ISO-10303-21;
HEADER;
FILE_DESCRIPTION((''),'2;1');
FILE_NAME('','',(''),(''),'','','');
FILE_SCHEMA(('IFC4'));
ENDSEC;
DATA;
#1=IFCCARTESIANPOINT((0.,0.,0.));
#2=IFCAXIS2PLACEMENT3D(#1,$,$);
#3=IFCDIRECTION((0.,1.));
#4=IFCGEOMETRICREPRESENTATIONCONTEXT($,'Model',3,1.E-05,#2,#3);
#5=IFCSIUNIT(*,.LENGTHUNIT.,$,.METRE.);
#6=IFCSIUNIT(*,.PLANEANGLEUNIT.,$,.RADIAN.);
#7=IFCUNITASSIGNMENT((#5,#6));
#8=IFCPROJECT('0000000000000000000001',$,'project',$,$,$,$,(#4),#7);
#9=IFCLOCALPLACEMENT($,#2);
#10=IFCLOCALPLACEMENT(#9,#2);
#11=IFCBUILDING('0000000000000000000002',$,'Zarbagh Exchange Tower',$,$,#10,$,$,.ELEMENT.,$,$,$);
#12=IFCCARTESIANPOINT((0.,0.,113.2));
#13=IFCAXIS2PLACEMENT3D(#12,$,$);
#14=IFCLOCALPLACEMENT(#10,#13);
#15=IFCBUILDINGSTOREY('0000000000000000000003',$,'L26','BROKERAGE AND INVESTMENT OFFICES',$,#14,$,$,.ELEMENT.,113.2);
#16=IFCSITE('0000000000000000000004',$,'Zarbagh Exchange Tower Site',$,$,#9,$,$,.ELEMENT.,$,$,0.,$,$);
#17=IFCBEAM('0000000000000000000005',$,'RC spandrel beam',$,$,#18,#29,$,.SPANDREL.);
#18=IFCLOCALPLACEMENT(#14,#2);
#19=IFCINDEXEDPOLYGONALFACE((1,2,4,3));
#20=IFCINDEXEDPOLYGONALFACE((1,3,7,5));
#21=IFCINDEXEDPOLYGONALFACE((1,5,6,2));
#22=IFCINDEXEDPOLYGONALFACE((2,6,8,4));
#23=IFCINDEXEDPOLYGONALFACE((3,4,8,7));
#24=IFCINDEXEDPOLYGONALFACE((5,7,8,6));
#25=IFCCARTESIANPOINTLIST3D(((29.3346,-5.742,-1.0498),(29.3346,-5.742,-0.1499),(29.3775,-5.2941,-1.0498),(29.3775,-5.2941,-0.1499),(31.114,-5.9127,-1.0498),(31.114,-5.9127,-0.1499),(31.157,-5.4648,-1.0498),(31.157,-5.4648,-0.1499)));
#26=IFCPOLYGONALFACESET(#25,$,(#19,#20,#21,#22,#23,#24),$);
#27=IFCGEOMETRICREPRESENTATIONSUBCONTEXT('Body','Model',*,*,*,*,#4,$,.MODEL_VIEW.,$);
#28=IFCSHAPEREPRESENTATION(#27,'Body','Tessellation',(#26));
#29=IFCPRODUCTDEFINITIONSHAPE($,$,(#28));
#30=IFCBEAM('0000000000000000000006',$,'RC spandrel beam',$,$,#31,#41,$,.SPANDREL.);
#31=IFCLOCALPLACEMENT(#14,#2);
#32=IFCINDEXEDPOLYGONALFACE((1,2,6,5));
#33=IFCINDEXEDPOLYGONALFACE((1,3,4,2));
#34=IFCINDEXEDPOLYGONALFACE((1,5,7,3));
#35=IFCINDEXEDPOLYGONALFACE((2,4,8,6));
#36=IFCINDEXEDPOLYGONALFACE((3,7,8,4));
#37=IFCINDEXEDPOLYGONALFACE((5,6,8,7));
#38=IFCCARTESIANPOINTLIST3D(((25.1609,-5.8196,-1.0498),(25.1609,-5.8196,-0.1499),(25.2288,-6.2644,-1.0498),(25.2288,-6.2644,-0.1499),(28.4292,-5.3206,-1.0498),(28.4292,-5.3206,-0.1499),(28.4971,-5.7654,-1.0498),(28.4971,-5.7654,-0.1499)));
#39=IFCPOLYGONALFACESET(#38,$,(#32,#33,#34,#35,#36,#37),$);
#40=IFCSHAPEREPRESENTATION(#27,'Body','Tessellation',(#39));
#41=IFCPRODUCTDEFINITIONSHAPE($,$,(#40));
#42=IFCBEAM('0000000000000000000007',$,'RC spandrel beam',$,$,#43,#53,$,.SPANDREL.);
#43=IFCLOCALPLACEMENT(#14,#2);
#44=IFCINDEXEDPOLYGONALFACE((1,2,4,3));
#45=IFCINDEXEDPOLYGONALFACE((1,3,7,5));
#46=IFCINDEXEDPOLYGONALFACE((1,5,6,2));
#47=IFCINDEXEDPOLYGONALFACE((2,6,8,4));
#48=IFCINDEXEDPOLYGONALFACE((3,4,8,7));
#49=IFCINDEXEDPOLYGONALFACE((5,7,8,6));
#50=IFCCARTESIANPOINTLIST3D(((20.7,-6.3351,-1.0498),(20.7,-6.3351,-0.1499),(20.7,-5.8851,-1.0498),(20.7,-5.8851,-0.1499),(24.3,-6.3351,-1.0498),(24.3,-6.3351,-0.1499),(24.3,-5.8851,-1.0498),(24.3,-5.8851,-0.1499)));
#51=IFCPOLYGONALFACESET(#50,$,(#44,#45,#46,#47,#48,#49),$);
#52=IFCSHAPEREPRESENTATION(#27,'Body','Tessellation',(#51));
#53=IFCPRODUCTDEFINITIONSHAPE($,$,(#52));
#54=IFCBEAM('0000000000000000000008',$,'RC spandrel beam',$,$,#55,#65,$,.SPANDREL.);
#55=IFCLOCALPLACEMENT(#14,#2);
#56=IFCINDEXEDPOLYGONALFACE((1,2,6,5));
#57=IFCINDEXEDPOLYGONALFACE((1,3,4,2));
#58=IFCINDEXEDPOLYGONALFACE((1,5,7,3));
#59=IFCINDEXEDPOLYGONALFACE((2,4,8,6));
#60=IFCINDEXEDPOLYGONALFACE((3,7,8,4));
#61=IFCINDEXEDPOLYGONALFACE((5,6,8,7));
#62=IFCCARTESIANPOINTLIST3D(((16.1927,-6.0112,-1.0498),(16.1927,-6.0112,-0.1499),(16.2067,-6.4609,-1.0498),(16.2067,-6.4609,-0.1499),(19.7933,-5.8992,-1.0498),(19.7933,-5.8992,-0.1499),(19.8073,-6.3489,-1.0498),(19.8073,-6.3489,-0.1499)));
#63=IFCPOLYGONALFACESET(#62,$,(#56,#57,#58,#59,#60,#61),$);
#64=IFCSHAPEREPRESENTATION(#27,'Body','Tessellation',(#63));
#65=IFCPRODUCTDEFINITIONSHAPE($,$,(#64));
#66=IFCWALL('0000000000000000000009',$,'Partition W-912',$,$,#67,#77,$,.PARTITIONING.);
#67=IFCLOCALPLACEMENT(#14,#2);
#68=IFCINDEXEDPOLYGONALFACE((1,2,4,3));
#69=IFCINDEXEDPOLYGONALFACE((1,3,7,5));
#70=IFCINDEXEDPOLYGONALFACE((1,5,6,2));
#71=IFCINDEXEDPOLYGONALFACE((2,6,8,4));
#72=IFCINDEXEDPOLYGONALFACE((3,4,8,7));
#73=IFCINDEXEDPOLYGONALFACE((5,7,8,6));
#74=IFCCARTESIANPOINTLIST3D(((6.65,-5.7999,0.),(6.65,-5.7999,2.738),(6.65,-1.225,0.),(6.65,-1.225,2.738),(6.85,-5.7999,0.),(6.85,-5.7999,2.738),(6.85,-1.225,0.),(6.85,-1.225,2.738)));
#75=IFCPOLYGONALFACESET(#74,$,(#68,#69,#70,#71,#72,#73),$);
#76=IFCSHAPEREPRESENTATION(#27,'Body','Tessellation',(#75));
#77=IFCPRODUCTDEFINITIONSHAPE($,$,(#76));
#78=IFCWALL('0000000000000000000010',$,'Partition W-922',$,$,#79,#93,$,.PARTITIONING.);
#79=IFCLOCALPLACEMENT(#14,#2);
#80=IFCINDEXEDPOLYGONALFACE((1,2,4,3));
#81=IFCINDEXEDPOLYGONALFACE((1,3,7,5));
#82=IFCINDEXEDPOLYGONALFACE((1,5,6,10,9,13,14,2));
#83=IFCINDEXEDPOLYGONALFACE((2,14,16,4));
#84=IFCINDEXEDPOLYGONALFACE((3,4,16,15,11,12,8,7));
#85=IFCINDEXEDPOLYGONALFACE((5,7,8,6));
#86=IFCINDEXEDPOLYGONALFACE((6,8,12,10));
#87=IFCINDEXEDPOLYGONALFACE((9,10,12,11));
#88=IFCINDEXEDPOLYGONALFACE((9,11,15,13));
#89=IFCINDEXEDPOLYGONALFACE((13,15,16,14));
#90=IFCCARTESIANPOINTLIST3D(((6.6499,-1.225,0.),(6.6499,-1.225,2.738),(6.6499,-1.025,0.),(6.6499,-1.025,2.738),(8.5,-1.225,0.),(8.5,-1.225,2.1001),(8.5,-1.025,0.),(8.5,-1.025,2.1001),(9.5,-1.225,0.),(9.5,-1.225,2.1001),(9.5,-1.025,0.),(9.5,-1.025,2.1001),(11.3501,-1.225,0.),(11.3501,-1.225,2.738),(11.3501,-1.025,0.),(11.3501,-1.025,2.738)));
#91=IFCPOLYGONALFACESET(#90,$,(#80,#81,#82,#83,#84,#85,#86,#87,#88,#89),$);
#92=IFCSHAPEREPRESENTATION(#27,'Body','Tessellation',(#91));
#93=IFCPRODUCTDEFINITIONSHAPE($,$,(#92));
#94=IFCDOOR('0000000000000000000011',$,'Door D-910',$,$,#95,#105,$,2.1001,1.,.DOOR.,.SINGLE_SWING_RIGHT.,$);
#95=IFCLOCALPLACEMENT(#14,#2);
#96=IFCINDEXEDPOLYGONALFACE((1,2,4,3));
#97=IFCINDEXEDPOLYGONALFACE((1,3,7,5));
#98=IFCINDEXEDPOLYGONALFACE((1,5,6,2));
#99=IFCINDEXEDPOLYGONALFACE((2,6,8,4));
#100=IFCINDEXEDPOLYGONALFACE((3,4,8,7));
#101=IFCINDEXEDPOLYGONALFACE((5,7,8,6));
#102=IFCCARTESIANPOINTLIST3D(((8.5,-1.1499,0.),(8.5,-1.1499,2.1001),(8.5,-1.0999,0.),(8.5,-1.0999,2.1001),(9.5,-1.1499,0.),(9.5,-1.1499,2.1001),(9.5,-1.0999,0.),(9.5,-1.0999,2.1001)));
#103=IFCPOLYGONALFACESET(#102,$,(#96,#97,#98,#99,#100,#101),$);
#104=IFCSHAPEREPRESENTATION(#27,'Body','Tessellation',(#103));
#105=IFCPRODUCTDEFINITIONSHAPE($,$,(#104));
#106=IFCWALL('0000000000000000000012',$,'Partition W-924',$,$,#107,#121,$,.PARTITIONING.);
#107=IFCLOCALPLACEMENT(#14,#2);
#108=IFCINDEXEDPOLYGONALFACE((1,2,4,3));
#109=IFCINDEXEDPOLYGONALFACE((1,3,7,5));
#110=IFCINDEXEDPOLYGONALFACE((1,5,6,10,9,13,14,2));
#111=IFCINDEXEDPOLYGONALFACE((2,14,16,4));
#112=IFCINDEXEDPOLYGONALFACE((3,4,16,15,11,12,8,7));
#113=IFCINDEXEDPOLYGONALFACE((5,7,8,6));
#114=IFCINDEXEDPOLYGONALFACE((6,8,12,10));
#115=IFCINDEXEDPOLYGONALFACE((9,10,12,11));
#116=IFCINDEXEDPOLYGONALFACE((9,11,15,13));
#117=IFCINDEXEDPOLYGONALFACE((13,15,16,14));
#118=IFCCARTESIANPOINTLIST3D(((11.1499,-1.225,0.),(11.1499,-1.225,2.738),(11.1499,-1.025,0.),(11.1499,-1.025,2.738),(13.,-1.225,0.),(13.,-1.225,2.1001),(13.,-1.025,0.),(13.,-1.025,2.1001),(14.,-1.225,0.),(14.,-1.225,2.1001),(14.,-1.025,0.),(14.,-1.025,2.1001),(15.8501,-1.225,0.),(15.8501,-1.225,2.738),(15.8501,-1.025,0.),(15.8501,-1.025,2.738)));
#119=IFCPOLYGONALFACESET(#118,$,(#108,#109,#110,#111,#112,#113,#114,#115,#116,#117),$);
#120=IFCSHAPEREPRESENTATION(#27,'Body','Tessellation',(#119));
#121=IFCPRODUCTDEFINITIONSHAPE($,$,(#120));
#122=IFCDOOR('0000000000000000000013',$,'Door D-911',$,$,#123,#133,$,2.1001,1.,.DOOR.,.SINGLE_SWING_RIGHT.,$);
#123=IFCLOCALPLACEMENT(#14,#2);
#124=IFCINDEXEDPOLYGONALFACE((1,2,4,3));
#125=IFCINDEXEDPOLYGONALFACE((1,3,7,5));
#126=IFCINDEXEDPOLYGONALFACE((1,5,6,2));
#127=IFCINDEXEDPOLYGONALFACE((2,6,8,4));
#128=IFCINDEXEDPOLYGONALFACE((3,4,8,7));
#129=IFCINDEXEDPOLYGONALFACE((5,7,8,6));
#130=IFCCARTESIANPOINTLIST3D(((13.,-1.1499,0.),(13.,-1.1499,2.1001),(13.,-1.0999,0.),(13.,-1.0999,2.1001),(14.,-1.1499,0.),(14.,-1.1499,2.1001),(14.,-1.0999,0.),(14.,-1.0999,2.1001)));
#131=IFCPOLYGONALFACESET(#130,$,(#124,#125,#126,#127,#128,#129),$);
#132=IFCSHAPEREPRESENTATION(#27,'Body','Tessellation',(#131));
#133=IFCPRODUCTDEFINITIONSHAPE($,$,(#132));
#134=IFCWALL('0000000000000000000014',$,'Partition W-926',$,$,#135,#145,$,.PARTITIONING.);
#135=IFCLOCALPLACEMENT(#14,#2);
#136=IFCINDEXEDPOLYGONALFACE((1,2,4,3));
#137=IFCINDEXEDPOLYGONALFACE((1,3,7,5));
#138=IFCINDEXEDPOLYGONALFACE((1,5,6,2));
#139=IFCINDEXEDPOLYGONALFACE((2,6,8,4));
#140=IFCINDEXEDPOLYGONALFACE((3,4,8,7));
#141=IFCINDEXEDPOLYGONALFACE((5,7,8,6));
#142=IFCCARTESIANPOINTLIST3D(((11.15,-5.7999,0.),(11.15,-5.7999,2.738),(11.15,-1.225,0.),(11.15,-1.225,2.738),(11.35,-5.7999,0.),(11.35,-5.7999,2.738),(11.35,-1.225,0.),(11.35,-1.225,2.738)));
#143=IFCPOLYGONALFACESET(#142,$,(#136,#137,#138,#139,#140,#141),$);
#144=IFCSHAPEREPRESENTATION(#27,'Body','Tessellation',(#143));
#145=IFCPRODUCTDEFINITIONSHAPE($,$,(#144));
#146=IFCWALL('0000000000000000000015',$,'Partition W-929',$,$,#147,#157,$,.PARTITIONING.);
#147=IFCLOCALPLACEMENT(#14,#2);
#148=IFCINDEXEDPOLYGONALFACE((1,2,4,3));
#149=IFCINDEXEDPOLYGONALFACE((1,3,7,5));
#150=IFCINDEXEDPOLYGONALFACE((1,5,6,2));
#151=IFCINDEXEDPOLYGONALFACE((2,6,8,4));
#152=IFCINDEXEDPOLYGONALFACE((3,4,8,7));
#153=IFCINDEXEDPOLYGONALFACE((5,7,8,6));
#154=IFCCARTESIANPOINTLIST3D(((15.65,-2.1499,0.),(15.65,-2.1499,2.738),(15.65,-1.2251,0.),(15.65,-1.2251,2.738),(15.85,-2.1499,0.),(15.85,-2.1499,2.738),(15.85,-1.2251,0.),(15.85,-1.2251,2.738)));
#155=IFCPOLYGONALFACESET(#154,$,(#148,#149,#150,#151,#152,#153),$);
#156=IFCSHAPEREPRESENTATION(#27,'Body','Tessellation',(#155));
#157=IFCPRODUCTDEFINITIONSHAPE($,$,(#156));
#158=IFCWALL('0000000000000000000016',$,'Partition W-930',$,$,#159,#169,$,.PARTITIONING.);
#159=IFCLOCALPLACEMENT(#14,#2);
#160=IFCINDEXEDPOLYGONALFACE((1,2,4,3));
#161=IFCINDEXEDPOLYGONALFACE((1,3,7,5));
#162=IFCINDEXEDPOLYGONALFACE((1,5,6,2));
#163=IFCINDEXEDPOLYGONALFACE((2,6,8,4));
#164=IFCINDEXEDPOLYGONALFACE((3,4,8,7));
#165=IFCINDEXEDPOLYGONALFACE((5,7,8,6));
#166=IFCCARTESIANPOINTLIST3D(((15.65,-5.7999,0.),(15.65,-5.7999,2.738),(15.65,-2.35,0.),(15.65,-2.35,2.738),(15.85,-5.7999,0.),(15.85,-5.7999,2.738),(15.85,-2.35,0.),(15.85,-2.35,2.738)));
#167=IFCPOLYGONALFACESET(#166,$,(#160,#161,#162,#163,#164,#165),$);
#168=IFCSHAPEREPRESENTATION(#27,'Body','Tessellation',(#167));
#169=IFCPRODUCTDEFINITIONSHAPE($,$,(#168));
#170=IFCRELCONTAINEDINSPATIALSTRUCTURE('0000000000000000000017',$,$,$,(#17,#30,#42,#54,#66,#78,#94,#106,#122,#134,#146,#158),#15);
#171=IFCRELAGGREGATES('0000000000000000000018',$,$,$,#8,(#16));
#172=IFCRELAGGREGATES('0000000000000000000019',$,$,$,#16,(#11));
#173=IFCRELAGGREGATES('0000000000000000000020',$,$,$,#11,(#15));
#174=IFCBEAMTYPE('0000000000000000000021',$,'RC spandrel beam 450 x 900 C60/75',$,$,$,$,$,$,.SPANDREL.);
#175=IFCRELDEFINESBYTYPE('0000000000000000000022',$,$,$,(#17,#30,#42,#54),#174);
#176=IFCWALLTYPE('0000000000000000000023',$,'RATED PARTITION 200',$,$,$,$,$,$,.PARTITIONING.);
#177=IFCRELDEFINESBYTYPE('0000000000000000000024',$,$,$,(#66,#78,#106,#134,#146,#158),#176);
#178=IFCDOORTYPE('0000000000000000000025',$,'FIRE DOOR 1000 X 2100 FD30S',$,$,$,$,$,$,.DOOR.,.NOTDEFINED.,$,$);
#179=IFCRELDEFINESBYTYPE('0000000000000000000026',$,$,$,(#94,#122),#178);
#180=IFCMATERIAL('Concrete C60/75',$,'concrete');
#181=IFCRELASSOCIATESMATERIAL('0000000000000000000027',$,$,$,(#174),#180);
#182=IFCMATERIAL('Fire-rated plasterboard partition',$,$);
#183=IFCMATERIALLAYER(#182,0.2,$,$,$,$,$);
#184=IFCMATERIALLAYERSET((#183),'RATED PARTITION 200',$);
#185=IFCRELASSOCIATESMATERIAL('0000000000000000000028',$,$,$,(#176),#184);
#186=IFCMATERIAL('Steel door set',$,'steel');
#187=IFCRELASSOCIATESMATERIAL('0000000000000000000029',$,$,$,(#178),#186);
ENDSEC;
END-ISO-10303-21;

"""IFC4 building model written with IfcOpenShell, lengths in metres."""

from ifc_helpers import new_model, si_unit, direction, frame, frame_2d, origin, origin_2d, place, context, subcontext, project, spatial, rectangle, extrude, material, layer, layer_set, material_profile, profile_set, type_object, element, fill, save


model = new_model("IFC4")

# Units and contexts
model_context = context("Model", 3, precision=1e-05, world=origin(), true_north=direction((0.0, 1.0)))
body_context = subcontext(model_context, "Body", "Model", "MODEL_VIEW")
ifc_project = project(units=[si_unit("LENGTHUNIT", "METRE"), si_unit("PLANEANGLEUNIT", "RADIAN")], contexts=[model_context])

# Site, building, storey
site_placement = place(None, origin())
site = spatial("IfcSite", under=ifc_project, at=site_placement, Name="Zarbagh Exchange Tower Site", CompositionType="ELEMENT", RefElevation=0.0)
building_placement = place(site_placement, origin())
building = spatial("IfcBuilding", under=site, at=building_placement, Name="Zarbagh Exchange Tower", CompositionType="ELEMENT")
storey_placement = place(building_placement, frame((0.0, 0.0, 113.2)))
storey = spatial("IfcBuildingStorey", under=building, at=storey_placement, Name="L26", Description="BROKERAGE AND INVESTMENT OFFICES", CompositionType="ELEMENT", Elevation=113.2)

# Shared definitions
ifc_material_1 = material(Name="Concrete C60/75", Category="concrete")

# Beams
ifc_material_profile_1 = material_profile(ifc_material_1, rectangle(XDim=0.45, YDim=0.8999, at=origin_2d()), Name="RC spandrel beam 450 x 900 C60/75")
ifc_profile_set_1 = profile_set([ifc_material_profile_1], Name="Concrete C60/75")
beam_type_1 = type_object("IfcBeamType", Name="RC spandrel beam 450 x 900 C60/75", PredefinedType="SPANDREL", material=ifc_profile_set_1)
beam_1_placement = place(storey_placement, frame((31.1355, -5.6887, -0.5999), z_axis=(-0.995433, 0.09546, 0.0), x_axis=(-0.09546, -0.995433, 0.0)))
element("IfcBeam", 1, at=beam_1_placement, inside=storey, type_object=beam_type_1, Name="RC spandrel beam", PredefinedType="SPANDREL", context=body_context, shape_type="SweptSolid", body=[
    extrude(rectangle(XDim=0.45, YDim=0.8999, at=origin_2d()), origin(), (0.0, 0.0, 1.0), 1.7876),
])
beam_2_placement = place(storey_placement, frame((28.4631, -5.543, -0.5999), z_axis=(-0.988544, -0.150936, 0.0), x_axis=(0.150936, -0.988544, 0.0)))
element("IfcBeam", 2, at=beam_2_placement, inside=storey, type_object=beam_type_1, Name="RC spandrel beam", PredefinedType="SPANDREL", context=body_context, shape_type="SweptSolid", body=[
    extrude(rectangle(XDim=0.45, YDim=0.8999, at=origin_2d()), origin(), (0.0, 0.0, 1.0), 3.3062),
])
beam_3_placement = place(storey_placement, frame((24.3, -6.1101, -0.5999), z_axis=(-1.0, 0.0, 0.0), x_axis=(0.0, -1.0, 0.0)))
element("IfcBeam", 3, at=beam_3_placement, inside=storey, type_object=beam_type_1, Name="RC spandrel beam", PredefinedType="SPANDREL", context=body_context, shape_type="SweptSolid", body=[
    extrude(rectangle(XDim=0.45, YDim=0.8999, at=origin_2d()), origin(), (0.0, 0.0, 1.0), 3.6001),
])
beam_4_placement = place(storey_placement, frame((19.8003, -6.124, -0.5999), z_axis=(-0.999516, -0.031108, 0.0), x_axis=(0.031108, -0.999516, 0.0)))
element("IfcBeam", 4, at=beam_4_placement, inside=storey, type_object=beam_type_1, Name="RC spandrel beam", PredefinedType="SPANDREL", context=body_context, shape_type="SweptSolid", body=[
    extrude(rectangle(XDim=0.45, YDim=0.8999, at=origin_2d()), origin(), (0.0, 0.0, 1.0), 3.6023),
])

# Wall
ifc_material_2 = material(Name="Fire-rated plasterboard partition")
ifc_layer = layer(ifc_material_2, 0.2)
ifc_layer_set = layer_set([ifc_layer], Name="RATED PARTITION 200")
wall_type = type_object("IfcWallType", Name="RATED PARTITION 200", PredefinedType="PARTITIONING", material=ifc_layer_set)
wall_1_placement = place(storey_placement, frame((6.75, -5.8, 0.0), z_axis=(0.0, 0.0, 1.0), x_axis=(0.0, 1.0, 0.0)))
element("IfcWall", 5, at=wall_1_placement, inside=storey, type_object=wall_type, Name="Partition W-912", PredefinedType="PARTITIONING", context=body_context, shape_type="SweptSolid", body=[
    extrude(rectangle(XDim=4.575, YDim=0.2, at=frame_2d((2.2876, 0.0))), origin(), (0.0, 0.0, 1.0), 2.738),
])

# Walls, openings, doors
wall_2_placement = place(storey_placement, frame((11.3501, -1.125, 0.0), z_axis=(0.0, 0.0, 1.0), x_axis=(-1.0, 0.0, 0.0)))
wall_2 = element("IfcWall", 6, at=wall_2_placement, inside=storey, type_object=wall_type, Name="Partition W-922", PredefinedType="PARTITIONING", context=body_context, shape_type="SweptSolid", body=[
    extrude(rectangle(XDim=4.7002, YDim=0.2, at=frame_2d((2.3501, 0.0))), origin(), (0.0, 0.0, 1.0), 2.738),
])
opening_1_placement = place(wall_2_placement, frame((1.8501, 0.0, 0.0)))
opening_1 = element("IfcOpeningElement", 7, at=opening_1_placement, cuts=wall_2, PredefinedType="OPENING", context=body_context, shape_type="SweptSolid", body=[
    extrude(rectangle(XDim=1.0, YDim=2.1001, at=frame_2d((0.5, 1.05))), frame((0.0, 0.1099, 0.0), z_axis=(0.0, -1.0, 0.0), x_axis=(1.0, 0.0, 0.0)), (0.0, 0.0, 1.0), 0.22),
])
ifc_material_3 = material(Name="Steel door set", Category="steel")
door_type = type_object("IfcDoorType", Name="FIRE DOOR 1000 X 2100 FD30S", OperationType="NOTDEFINED", PredefinedType="DOOR", material=ifc_material_3)
door_1_placement = place(opening_1_placement, origin())
door_1 = element("IfcDoor", 8, at=door_1_placement, inside=storey, type_object=door_type, Name="Door D-910", OperationType="SINGLE_SWING_RIGHT", OverallHeight=2.1001, OverallWidth=1.0, PredefinedType="DOOR", context=body_context, shape_type="SweptSolid", body=[
    extrude(rectangle(XDim=1.0, YDim=2.1001, at=frame_2d((0.5, 1.05))), frame((0.0, 0.0249, 0.0), z_axis=(0.0, -1.0, 0.0), x_axis=(1.0, 0.0, 0.0)), (0.0, 0.0, 1.0), 0.05),
])
fill(opening_1, door_1)
wall_3_placement = place(storey_placement, frame((15.8501, -1.125, 0.0), z_axis=(0.0, 0.0, 1.0), x_axis=(-1.0, 0.0, 0.0)))
wall_3 = element("IfcWall", 9, at=wall_3_placement, inside=storey, type_object=wall_type, Name="Partition W-924", PredefinedType="PARTITIONING", context=body_context, shape_type="SweptSolid", body=[
    extrude(rectangle(XDim=4.7002, YDim=0.2, at=frame_2d((2.3501, 0.0))), origin(), (0.0, 0.0, 1.0), 2.738),
])
opening_2_placement = place(wall_3_placement, frame((1.8501, 0.0, 0.0)))
opening_2 = element("IfcOpeningElement", 10, at=opening_2_placement, cuts=wall_3, PredefinedType="OPENING", context=body_context, shape_type="SweptSolid", body=[
    extrude(rectangle(XDim=1.0, YDim=2.1001, at=frame_2d((0.5, 1.05))), frame((0.0, 0.1099, 0.0), z_axis=(0.0, -1.0, 0.0), x_axis=(1.0, 0.0, 0.0)), (0.0, 0.0, 1.0), 0.22),
])
door_2_placement = place(opening_2_placement, origin())
door_2 = element("IfcDoor", 11, at=door_2_placement, inside=storey, type_object=door_type, Name="Door D-911", OperationType="SINGLE_SWING_RIGHT", OverallHeight=2.1001, OverallWidth=1.0, PredefinedType="DOOR", context=body_context, shape_type="SweptSolid", body=[
    extrude(rectangle(XDim=1.0, YDim=2.1001, at=frame_2d((0.5, 1.05))), frame((0.0, 0.0249, 0.0), z_axis=(0.0, -1.0, 0.0), x_axis=(1.0, 0.0, 0.0)), (0.0, 0.0, 1.0), 0.05),
])
fill(opening_2, door_2)

# Walls
wall_4_placement = place(storey_placement, frame((11.25, -5.8, 0.0), z_axis=(0.0, 0.0, 1.0), x_axis=(0.0, 1.0, 0.0)))
element("IfcWall", 12, at=wall_4_placement, inside=storey, type_object=wall_type, Name="Partition W-926", PredefinedType="PARTITIONING", context=body_context, shape_type="SweptSolid", body=[
    extrude(rectangle(XDim=4.575, YDim=0.2, at=frame_2d((2.2876, 0.0))), origin(), (0.0, 0.0, 1.0), 2.738),
])
wall_5_placement = place(storey_placement, frame((15.75, -2.1499, 0.0), z_axis=(0.0, 0.0, 1.0), x_axis=(0.0, 1.0, 0.0)))
element("IfcWall", 13, at=wall_5_placement, inside=storey, type_object=wall_type, Name="Partition W-929", PredefinedType="PARTITIONING", context=body_context, shape_type="SweptSolid", body=[
    extrude(rectangle(XDim=0.9248, YDim=0.2, at=frame_2d((0.4624, 0.0))), origin(), (0.0, 0.0, 1.0), 2.738),
])
wall_6_placement = place(storey_placement, frame((15.75, -5.8, 0.0), z_axis=(0.0, 0.0, 1.0), x_axis=(0.0, 1.0, 0.0)))
element("IfcWall", 14, at=wall_6_placement, inside=storey, type_object=wall_type, Name="Partition W-930", PredefinedType="PARTITIONING", context=body_context, shape_type="SweptSolid", body=[
    extrude(rectangle(XDim=3.45, YDim=0.2, at=frame_2d((1.7251, 0.0))), origin(), (0.0, 0.0, 1.0), 2.738),
])

save(model, "model.ifc")
